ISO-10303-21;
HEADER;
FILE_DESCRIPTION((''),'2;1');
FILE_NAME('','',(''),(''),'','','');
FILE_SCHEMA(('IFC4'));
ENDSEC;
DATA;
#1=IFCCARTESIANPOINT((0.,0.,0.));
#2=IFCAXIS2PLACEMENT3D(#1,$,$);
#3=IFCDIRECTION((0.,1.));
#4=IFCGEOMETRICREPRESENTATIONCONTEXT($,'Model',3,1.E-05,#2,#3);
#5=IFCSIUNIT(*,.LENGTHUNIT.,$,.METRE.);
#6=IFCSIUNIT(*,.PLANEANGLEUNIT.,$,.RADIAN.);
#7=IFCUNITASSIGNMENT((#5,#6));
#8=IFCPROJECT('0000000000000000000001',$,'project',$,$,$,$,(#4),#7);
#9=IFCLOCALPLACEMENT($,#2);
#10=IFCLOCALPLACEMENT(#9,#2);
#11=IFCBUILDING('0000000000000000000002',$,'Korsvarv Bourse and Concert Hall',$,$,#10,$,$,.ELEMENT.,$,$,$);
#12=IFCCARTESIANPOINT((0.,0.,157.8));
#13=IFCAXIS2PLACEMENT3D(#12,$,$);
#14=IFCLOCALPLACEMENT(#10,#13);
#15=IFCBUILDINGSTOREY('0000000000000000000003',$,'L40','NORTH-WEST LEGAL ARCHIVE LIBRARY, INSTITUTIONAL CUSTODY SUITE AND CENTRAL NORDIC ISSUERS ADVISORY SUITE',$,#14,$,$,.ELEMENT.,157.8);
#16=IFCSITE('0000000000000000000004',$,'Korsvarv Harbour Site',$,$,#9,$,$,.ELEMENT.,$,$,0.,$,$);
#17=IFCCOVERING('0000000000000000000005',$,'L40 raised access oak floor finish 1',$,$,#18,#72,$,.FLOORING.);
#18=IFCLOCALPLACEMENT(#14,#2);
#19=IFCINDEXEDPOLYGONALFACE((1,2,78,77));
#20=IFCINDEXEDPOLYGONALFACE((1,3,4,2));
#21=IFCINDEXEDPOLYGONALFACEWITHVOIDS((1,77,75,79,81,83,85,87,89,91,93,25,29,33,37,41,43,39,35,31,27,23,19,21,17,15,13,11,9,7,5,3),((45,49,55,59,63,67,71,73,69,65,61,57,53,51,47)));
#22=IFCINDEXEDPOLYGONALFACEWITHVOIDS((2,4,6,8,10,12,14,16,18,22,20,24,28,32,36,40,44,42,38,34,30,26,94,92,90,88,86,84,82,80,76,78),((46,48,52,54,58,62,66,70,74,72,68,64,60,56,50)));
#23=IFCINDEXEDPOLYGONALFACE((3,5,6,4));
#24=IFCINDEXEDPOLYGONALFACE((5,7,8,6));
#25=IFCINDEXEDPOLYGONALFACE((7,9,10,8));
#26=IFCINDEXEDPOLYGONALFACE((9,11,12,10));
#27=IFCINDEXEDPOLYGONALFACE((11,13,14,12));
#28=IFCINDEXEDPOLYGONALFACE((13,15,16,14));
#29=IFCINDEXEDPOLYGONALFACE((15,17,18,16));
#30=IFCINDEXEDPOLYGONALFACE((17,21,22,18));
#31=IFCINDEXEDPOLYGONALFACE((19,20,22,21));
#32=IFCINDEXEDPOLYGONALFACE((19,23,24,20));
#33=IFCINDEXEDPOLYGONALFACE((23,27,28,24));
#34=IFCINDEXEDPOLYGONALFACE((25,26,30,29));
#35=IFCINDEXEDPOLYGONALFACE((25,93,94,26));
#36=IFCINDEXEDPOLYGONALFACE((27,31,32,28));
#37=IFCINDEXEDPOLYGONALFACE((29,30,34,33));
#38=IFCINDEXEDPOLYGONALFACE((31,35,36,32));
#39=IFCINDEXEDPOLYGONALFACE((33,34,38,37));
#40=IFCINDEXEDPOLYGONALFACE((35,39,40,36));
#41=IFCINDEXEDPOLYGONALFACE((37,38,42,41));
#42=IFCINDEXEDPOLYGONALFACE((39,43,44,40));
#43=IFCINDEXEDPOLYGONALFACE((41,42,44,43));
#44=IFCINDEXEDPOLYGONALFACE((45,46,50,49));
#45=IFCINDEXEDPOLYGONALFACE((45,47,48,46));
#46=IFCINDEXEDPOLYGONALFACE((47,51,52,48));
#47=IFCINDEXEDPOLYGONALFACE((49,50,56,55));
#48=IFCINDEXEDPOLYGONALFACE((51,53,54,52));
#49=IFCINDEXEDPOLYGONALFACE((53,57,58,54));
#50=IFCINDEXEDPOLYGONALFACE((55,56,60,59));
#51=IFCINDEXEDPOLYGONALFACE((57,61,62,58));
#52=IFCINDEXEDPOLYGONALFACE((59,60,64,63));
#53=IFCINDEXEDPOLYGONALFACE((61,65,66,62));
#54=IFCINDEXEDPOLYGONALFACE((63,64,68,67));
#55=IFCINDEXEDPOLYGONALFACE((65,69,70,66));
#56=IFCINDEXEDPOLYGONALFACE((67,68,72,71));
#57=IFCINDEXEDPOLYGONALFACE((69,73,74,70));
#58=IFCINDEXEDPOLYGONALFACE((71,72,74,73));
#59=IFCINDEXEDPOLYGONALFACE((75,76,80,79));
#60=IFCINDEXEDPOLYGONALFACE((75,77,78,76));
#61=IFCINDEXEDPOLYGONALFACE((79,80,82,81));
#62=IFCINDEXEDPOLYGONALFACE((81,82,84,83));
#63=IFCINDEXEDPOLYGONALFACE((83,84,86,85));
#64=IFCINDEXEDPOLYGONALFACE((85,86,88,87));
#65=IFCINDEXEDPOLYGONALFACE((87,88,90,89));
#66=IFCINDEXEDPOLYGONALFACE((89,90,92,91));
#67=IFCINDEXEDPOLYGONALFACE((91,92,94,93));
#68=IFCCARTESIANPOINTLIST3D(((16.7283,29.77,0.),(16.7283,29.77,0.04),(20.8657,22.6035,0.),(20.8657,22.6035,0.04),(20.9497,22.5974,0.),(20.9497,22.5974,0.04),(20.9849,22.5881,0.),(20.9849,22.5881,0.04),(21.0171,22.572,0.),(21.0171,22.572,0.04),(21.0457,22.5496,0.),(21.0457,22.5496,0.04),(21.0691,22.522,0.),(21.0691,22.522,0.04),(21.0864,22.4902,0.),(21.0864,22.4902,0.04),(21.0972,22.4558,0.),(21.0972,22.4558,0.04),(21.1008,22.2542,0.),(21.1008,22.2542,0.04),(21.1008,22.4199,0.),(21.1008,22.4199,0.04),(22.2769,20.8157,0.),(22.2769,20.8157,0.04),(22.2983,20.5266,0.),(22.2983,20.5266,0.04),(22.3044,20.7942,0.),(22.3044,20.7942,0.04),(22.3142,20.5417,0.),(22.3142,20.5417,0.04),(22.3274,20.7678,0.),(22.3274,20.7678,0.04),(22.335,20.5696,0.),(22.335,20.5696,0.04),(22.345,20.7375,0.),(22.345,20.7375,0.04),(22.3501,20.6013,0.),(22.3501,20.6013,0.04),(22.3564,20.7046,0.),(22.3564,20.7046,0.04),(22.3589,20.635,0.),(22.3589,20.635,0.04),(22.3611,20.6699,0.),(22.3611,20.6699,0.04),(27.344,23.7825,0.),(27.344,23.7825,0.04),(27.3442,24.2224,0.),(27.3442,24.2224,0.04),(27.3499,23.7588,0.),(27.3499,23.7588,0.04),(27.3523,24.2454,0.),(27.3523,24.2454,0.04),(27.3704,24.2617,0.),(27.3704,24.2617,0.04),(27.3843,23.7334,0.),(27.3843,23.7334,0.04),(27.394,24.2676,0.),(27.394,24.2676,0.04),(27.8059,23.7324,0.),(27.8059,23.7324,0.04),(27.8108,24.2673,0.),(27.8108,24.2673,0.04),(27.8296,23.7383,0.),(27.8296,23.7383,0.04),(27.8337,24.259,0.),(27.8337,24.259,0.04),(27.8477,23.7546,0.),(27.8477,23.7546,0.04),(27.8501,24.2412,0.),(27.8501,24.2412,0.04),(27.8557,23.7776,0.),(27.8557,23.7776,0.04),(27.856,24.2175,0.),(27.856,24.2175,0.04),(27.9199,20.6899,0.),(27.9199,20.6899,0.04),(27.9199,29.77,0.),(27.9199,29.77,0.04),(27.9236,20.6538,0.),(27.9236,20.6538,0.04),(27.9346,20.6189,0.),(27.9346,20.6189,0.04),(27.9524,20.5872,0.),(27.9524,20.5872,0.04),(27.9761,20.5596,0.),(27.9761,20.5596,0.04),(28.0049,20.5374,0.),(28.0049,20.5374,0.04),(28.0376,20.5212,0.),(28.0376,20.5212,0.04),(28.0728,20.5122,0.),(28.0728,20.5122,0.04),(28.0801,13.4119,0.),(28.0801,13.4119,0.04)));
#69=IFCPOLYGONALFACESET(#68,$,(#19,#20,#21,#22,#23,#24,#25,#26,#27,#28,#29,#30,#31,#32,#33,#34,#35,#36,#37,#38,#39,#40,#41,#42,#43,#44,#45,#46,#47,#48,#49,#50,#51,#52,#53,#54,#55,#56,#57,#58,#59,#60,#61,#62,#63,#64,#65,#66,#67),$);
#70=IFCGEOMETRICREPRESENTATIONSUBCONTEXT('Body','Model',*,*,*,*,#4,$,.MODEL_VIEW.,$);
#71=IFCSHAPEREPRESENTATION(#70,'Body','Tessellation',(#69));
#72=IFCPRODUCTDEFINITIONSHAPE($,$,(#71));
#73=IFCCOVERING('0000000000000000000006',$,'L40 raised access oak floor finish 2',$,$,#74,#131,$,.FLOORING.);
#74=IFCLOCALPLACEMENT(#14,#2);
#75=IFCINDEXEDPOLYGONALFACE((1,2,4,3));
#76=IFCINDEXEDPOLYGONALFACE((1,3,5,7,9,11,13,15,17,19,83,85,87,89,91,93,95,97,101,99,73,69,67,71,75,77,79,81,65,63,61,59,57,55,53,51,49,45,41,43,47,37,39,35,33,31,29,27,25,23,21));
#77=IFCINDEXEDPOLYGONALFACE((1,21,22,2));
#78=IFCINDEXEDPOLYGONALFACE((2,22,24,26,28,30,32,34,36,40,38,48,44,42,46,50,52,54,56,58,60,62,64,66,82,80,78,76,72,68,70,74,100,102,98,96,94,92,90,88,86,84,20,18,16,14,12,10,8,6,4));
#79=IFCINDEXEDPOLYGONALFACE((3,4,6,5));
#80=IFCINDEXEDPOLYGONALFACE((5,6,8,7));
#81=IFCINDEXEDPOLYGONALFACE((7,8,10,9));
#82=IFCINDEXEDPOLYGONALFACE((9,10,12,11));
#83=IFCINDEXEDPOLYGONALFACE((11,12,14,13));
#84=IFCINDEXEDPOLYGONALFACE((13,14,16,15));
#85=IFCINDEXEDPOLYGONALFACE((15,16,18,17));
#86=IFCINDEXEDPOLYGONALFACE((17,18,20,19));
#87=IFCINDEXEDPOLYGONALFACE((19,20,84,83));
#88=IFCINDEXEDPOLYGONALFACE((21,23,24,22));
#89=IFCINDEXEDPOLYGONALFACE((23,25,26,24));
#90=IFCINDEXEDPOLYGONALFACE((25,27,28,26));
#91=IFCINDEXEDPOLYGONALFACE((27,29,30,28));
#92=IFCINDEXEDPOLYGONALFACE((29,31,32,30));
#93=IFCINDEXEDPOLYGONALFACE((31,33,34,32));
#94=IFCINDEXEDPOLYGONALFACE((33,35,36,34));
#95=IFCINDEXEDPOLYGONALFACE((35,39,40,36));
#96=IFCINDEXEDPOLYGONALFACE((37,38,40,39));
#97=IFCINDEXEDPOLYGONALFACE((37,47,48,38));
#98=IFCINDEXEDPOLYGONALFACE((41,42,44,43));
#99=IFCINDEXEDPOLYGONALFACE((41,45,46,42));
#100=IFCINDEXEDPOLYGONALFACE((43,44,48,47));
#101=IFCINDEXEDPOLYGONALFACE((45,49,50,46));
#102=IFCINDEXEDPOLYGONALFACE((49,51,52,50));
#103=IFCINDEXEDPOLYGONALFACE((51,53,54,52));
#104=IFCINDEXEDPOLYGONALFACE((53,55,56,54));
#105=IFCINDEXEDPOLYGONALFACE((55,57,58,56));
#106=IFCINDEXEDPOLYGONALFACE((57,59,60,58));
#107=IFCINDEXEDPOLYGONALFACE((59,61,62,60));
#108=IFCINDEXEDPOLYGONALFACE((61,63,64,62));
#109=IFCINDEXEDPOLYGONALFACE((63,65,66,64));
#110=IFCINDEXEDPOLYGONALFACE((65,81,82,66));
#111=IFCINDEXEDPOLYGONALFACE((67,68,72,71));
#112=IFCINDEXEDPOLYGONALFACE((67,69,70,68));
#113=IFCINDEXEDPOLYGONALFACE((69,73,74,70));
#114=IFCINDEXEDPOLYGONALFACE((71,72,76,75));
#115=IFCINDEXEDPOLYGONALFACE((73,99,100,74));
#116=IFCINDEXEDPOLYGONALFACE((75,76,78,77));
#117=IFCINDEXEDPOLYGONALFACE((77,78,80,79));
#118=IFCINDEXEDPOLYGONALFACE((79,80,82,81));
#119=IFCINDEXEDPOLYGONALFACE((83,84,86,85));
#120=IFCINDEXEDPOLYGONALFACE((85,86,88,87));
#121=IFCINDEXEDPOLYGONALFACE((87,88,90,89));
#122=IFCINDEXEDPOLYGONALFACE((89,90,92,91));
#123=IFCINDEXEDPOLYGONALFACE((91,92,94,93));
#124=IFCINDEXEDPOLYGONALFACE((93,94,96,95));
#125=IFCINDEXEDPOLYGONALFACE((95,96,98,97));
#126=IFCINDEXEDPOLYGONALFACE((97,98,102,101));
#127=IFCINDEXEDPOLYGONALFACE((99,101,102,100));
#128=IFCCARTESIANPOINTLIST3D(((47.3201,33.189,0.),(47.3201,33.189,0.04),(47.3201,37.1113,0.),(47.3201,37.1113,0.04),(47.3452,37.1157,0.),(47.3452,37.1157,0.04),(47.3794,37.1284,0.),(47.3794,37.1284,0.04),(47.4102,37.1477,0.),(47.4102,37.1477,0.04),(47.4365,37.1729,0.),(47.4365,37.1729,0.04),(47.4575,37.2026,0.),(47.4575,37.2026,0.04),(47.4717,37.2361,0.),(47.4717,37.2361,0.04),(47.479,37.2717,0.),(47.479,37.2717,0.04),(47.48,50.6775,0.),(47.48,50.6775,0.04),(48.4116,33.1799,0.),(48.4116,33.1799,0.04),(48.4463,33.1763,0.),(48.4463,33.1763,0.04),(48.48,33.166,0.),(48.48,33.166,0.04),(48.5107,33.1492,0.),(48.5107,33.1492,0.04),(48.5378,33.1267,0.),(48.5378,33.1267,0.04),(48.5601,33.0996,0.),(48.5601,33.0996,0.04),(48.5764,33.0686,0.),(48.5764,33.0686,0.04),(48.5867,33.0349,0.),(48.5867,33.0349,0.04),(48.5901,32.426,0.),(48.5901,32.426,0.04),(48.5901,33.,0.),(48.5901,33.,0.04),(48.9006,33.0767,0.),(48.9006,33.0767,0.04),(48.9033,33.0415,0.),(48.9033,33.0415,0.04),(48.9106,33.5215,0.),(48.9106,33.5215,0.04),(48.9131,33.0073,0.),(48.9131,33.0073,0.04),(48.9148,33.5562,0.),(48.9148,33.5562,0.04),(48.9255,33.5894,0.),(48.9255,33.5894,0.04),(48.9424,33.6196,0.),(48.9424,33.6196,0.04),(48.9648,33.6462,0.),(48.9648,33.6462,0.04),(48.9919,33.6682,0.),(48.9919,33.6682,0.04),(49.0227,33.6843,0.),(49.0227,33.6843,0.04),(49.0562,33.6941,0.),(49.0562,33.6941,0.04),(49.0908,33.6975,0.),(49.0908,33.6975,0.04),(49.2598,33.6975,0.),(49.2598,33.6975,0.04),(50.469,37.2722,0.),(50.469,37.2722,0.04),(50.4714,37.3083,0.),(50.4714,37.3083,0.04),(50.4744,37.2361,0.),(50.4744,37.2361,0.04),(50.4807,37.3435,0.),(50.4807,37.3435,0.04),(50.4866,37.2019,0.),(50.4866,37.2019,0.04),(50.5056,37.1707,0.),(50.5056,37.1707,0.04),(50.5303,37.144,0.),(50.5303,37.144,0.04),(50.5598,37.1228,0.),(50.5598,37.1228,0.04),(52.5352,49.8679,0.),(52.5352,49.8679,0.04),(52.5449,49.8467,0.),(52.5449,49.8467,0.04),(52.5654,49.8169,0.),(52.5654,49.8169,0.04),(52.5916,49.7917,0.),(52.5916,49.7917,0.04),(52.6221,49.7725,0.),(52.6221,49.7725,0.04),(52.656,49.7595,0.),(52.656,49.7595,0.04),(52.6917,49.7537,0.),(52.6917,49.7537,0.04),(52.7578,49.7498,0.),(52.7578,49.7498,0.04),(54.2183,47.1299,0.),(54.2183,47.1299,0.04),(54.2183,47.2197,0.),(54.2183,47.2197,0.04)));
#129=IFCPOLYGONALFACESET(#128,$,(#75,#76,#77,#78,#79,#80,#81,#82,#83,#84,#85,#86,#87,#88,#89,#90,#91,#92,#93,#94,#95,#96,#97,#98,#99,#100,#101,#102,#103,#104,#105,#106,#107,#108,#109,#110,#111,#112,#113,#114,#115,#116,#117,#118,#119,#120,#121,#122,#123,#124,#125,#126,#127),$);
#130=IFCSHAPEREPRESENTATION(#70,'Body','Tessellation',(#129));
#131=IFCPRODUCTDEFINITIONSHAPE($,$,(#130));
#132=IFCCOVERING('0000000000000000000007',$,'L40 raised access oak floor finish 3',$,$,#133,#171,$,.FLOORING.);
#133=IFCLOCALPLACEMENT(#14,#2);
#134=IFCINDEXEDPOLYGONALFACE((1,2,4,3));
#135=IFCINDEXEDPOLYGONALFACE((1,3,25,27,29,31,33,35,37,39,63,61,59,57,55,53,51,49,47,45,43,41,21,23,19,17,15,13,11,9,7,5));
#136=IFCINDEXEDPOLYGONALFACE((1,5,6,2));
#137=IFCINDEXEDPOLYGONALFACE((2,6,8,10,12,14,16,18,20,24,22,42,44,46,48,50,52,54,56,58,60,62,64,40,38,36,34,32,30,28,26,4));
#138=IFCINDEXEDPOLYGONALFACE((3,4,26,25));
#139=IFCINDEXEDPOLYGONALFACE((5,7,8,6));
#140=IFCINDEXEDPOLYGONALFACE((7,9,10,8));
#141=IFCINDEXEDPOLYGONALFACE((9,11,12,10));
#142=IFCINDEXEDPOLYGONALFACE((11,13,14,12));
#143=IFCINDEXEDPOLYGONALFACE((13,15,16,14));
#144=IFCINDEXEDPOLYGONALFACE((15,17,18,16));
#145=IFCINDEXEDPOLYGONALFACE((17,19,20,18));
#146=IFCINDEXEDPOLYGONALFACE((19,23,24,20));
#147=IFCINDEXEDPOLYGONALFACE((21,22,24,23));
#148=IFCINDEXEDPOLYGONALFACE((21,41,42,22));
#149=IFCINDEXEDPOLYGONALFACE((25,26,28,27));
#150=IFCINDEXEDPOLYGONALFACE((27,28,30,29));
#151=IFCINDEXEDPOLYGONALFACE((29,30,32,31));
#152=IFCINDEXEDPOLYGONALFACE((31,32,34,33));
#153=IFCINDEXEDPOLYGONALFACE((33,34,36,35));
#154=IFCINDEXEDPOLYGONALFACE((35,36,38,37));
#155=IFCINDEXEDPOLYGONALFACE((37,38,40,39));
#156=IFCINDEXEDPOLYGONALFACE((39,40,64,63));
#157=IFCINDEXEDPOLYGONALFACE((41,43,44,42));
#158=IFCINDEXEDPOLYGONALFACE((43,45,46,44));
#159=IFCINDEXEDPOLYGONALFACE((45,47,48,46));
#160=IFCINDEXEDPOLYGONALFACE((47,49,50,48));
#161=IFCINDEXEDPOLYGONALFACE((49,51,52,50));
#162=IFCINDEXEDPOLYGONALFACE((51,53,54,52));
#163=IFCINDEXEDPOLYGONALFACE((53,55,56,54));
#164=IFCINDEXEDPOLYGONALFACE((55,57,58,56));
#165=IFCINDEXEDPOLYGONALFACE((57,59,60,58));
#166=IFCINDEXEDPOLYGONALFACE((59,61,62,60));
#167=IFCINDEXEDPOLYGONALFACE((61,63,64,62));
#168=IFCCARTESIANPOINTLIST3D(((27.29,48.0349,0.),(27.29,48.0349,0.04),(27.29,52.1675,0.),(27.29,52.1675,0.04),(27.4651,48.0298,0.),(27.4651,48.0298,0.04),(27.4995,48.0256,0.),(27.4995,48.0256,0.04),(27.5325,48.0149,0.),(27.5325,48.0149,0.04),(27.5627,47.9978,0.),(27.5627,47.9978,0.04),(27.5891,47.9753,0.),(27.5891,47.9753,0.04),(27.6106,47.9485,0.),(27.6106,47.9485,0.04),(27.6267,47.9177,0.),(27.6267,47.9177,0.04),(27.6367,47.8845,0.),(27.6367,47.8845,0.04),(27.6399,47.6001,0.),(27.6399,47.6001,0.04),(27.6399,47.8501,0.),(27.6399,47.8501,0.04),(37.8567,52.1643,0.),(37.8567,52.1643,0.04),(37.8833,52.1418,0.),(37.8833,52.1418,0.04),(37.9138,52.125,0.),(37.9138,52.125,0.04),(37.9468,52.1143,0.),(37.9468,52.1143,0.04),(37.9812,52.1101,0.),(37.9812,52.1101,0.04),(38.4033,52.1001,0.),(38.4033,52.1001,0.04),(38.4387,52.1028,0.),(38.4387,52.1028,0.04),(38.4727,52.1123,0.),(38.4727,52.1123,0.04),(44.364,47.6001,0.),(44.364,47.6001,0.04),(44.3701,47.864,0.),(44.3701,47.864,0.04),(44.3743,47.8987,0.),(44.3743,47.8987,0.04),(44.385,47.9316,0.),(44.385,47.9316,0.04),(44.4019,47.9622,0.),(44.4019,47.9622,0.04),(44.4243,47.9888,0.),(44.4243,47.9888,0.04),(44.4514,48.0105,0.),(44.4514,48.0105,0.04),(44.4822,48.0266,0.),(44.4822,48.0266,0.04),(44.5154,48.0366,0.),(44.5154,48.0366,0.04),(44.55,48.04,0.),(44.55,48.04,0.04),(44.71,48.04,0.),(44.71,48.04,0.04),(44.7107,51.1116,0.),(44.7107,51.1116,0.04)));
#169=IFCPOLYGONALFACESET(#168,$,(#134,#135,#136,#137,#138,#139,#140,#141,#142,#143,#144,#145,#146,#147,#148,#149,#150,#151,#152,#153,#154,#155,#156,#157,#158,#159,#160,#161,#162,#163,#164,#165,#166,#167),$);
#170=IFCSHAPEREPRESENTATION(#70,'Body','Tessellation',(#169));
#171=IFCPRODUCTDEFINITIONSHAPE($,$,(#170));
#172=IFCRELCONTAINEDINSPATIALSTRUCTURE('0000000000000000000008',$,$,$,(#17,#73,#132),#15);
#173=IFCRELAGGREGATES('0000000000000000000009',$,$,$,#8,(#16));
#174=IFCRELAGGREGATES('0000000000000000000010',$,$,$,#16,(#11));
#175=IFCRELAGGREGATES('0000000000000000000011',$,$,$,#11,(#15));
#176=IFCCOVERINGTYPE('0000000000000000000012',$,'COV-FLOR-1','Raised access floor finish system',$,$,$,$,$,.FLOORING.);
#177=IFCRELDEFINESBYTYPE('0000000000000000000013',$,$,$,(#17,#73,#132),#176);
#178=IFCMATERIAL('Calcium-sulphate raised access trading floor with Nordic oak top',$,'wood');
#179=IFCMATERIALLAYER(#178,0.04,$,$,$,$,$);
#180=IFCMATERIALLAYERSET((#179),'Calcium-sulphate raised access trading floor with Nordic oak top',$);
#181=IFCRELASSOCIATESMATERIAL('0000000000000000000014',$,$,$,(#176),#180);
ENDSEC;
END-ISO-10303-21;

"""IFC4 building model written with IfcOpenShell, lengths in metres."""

from ifc_helpers import new_model, si_unit, direction, frame, origin, place, context, subcontext, project, spatial, polyline, outline, extrude, material, layer, layer_set, type_object, element, save


model = new_model("IFC4")

# Units and contexts
model_context = context("Model", 3, precision=1e-05, world=origin(), true_north=direction((0.0, 1.0)))
body_context = subcontext(model_context, "Body", "Model", "MODEL_VIEW")
ifc_project = project(units=[si_unit("LENGTHUNIT", "METRE"), si_unit("PLANEANGLEUNIT", "RADIAN")], contexts=[model_context])

# Site, building, storey
site_placement = place(None, origin())
site = spatial("IfcSite", under=ifc_project, at=site_placement, Name="Korsvarv Harbour Site", CompositionType="ELEMENT", RefElevation=0.0)
building_placement = place(site_placement, origin())
building = spatial("IfcBuilding", under=site, at=building_placement, Name="Korsvarv Bourse and Concert Hall", CompositionType="ELEMENT")
storey_placement = place(building_placement, frame((0.0, 0.0, 157.8)))
storey = spatial("IfcBuildingStorey", under=building, at=storey_placement, Name="L40", Description="NORTH-WEST LEGAL ARCHIVE LIBRARY, INSTITUTIONAL CUSTODY SUITE AND CENTRAL NORDIC ISSUERS ADVISORY SUITE", CompositionType="ELEMENT", Elevation=157.8)

# Coverings
ifc_material_1 = material(Name="Calcium-sulphate raised access trading floor with Nordic oak top", Category="wood")
ifc_layer_1 = layer(ifc_material_1, 0.04)
ifc_layer_set_1 = layer_set([ifc_layer_1], Name="Calcium-sulphate raised access trading floor with Nordic oak top")
covering_type_1 = type_object("IfcCoveringType", Name="COV-FLOR-1", Description="Raised access floor finish system", PredefinedType="FLOORING", material=ifc_layer_set_1)
covering_1_placement = place(storey_placement, origin())
element("IfcCovering", 1, at=covering_1_placement, inside=storey, type_object=covering_type_1, Name="L40 raised access oak floor finish 1", PredefinedType="FLOORING", context=body_context, shape_type="SweptSolid", body=[
    extrude(outline(polyline([(21.1008, 22.2542), (21.1008, 22.4199), (21.0972, 22.4558), (21.0864, 22.4902), (21.0691, 22.522), (21.0457, 22.5496), (21.0171, 22.572), (20.9849, 22.5881), (20.9497, 22.5974), (20.8657, 22.6035), (16.7283, 29.77), (27.9199, 29.77), (27.9199, 20.6899), (27.9236, 20.6538), (27.9346, 20.6189), (27.9524, 20.5872), (27.9761, 20.5596), (28.0049, 20.5374), (28.0376, 20.5212), (28.0728, 20.5122), (28.0801, 13.4119), (22.2983, 20.5266), (22.3142, 20.5417), (22.335, 20.5696), (22.3501, 20.6013), (22.3589, 20.635), (22.3611, 20.6699), (22.3564, 20.7046), (22.345, 20.7375), (22.3274, 20.7678), (22.3044, 20.7942), (22.2769, 20.8157), (21.1008, 22.2542)]), holes=[polyline([(27.3843, 23.7334), (27.8059, 23.7324), (27.8296, 23.7383), (27.8477, 23.7546), (27.8557, 23.7776), (27.856, 24.2175), (27.8501, 24.2412), (27.8337, 24.259), (27.8108, 24.2673), (27.394, 24.2676), (27.3704, 24.2617), (27.3523, 24.2454), (27.3442, 24.2224), (27.344, 23.7825), (27.3499, 23.7588), (27.3843, 23.7334)])]), origin(), (0.0, 0.0, 1.0), 0.04),
])
covering_2_placement = place(storey_placement, origin())
element("IfcCovering", 2, at=covering_2_placement, inside=storey, type_object=covering_type_1, Name="L40 raised access oak floor finish 2", PredefinedType="FLOORING", context=body_context, shape_type="SweptSolid", body=[
    extrude(outline(polyline([(47.3201, 37.1113), (47.3452, 37.1157), (47.3794, 37.1284), (47.4102, 37.1477), (47.4365, 37.1729), (47.4575, 37.2026), (47.4717, 37.2361), (47.479, 37.2717), (47.48, 50.6775), (52.5352, 49.8679), (52.5449, 49.8467), (52.5654, 49.8169), (52.5916, 49.7917), (52.6221, 49.7725), (52.656, 49.7595), (52.6917, 49.7537), (52.7578, 49.7498), (54.2183, 47.2197), (54.2183, 47.1299), (50.4807, 37.3435), (50.4714, 37.3083), (50.469, 37.2722), (50.4744, 37.2361), (50.4866, 37.2019), (50.5056, 37.1707), (50.5303, 37.144), (50.5598, 37.1228), (49.2598, 33.6975), (49.0908, 33.6975), (49.0562, 33.6941), (49.0227, 33.6843), (48.9919, 33.6682), (48.9648, 33.6462), (48.9424, 33.6196), (48.9255, 33.5894), (48.9148, 33.5562), (48.9106, 33.5215), (48.9006, 33.0767), (48.9033, 33.0415), (48.9131, 33.0073), (48.5901, 32.426), (48.5901, 33.0), (48.5867, 33.0349), (48.5764, 33.0686), (48.5601, 33.0996), (48.5378, 33.1267), (48.5107, 33.1492), (48.48, 33.166), (48.4463, 33.1763), (48.4116, 33.1799), (47.3201, 33.189), (47.3201, 37.1113)])), origin(), (0.0, 0.0, 1.0), 0.04),
])
covering_3_placement = place(storey_placement, origin())
element("IfcCovering", 3, at=covering_3_placement, inside=storey, type_object=covering_type_1, Name="L40 raised access oak floor finish 3", PredefinedType="FLOORING", context=body_context, shape_type="SweptSolid", body=[
    extrude(outline(polyline([(37.8567, 52.1643), (37.8833, 52.1418), (37.9138, 52.125), (37.9468, 52.1143), (37.9812, 52.1101), (38.4033, 52.1001), (38.4387, 52.1028), (38.4727, 52.1123), (44.7107, 51.1116), (44.71, 48.04), (44.55, 48.04), (44.5154, 48.0366), (44.4822, 48.0266), (44.4514, 48.0105), (44.4243, 47.9888), (44.4019, 47.9622), (44.385, 47.9316), (44.3743, 47.8987), (44.3701, 47.864), (44.364, 47.6001), (27.6399, 47.6001), (27.6399, 47.8501), (27.6367, 47.8845), (27.6267, 47.9177), (27.6106, 47.9485), (27.5891, 47.9753), (27.5627, 47.9978), (27.5325, 48.0149), (27.4995, 48.0256), (27.4651, 48.0298), (27.29, 48.0349), (27.29, 52.1675), (37.8567, 52.1643)])), origin(), (0.0, 0.0, 1.0), 0.04),
])

save(model, "model.ifc")
